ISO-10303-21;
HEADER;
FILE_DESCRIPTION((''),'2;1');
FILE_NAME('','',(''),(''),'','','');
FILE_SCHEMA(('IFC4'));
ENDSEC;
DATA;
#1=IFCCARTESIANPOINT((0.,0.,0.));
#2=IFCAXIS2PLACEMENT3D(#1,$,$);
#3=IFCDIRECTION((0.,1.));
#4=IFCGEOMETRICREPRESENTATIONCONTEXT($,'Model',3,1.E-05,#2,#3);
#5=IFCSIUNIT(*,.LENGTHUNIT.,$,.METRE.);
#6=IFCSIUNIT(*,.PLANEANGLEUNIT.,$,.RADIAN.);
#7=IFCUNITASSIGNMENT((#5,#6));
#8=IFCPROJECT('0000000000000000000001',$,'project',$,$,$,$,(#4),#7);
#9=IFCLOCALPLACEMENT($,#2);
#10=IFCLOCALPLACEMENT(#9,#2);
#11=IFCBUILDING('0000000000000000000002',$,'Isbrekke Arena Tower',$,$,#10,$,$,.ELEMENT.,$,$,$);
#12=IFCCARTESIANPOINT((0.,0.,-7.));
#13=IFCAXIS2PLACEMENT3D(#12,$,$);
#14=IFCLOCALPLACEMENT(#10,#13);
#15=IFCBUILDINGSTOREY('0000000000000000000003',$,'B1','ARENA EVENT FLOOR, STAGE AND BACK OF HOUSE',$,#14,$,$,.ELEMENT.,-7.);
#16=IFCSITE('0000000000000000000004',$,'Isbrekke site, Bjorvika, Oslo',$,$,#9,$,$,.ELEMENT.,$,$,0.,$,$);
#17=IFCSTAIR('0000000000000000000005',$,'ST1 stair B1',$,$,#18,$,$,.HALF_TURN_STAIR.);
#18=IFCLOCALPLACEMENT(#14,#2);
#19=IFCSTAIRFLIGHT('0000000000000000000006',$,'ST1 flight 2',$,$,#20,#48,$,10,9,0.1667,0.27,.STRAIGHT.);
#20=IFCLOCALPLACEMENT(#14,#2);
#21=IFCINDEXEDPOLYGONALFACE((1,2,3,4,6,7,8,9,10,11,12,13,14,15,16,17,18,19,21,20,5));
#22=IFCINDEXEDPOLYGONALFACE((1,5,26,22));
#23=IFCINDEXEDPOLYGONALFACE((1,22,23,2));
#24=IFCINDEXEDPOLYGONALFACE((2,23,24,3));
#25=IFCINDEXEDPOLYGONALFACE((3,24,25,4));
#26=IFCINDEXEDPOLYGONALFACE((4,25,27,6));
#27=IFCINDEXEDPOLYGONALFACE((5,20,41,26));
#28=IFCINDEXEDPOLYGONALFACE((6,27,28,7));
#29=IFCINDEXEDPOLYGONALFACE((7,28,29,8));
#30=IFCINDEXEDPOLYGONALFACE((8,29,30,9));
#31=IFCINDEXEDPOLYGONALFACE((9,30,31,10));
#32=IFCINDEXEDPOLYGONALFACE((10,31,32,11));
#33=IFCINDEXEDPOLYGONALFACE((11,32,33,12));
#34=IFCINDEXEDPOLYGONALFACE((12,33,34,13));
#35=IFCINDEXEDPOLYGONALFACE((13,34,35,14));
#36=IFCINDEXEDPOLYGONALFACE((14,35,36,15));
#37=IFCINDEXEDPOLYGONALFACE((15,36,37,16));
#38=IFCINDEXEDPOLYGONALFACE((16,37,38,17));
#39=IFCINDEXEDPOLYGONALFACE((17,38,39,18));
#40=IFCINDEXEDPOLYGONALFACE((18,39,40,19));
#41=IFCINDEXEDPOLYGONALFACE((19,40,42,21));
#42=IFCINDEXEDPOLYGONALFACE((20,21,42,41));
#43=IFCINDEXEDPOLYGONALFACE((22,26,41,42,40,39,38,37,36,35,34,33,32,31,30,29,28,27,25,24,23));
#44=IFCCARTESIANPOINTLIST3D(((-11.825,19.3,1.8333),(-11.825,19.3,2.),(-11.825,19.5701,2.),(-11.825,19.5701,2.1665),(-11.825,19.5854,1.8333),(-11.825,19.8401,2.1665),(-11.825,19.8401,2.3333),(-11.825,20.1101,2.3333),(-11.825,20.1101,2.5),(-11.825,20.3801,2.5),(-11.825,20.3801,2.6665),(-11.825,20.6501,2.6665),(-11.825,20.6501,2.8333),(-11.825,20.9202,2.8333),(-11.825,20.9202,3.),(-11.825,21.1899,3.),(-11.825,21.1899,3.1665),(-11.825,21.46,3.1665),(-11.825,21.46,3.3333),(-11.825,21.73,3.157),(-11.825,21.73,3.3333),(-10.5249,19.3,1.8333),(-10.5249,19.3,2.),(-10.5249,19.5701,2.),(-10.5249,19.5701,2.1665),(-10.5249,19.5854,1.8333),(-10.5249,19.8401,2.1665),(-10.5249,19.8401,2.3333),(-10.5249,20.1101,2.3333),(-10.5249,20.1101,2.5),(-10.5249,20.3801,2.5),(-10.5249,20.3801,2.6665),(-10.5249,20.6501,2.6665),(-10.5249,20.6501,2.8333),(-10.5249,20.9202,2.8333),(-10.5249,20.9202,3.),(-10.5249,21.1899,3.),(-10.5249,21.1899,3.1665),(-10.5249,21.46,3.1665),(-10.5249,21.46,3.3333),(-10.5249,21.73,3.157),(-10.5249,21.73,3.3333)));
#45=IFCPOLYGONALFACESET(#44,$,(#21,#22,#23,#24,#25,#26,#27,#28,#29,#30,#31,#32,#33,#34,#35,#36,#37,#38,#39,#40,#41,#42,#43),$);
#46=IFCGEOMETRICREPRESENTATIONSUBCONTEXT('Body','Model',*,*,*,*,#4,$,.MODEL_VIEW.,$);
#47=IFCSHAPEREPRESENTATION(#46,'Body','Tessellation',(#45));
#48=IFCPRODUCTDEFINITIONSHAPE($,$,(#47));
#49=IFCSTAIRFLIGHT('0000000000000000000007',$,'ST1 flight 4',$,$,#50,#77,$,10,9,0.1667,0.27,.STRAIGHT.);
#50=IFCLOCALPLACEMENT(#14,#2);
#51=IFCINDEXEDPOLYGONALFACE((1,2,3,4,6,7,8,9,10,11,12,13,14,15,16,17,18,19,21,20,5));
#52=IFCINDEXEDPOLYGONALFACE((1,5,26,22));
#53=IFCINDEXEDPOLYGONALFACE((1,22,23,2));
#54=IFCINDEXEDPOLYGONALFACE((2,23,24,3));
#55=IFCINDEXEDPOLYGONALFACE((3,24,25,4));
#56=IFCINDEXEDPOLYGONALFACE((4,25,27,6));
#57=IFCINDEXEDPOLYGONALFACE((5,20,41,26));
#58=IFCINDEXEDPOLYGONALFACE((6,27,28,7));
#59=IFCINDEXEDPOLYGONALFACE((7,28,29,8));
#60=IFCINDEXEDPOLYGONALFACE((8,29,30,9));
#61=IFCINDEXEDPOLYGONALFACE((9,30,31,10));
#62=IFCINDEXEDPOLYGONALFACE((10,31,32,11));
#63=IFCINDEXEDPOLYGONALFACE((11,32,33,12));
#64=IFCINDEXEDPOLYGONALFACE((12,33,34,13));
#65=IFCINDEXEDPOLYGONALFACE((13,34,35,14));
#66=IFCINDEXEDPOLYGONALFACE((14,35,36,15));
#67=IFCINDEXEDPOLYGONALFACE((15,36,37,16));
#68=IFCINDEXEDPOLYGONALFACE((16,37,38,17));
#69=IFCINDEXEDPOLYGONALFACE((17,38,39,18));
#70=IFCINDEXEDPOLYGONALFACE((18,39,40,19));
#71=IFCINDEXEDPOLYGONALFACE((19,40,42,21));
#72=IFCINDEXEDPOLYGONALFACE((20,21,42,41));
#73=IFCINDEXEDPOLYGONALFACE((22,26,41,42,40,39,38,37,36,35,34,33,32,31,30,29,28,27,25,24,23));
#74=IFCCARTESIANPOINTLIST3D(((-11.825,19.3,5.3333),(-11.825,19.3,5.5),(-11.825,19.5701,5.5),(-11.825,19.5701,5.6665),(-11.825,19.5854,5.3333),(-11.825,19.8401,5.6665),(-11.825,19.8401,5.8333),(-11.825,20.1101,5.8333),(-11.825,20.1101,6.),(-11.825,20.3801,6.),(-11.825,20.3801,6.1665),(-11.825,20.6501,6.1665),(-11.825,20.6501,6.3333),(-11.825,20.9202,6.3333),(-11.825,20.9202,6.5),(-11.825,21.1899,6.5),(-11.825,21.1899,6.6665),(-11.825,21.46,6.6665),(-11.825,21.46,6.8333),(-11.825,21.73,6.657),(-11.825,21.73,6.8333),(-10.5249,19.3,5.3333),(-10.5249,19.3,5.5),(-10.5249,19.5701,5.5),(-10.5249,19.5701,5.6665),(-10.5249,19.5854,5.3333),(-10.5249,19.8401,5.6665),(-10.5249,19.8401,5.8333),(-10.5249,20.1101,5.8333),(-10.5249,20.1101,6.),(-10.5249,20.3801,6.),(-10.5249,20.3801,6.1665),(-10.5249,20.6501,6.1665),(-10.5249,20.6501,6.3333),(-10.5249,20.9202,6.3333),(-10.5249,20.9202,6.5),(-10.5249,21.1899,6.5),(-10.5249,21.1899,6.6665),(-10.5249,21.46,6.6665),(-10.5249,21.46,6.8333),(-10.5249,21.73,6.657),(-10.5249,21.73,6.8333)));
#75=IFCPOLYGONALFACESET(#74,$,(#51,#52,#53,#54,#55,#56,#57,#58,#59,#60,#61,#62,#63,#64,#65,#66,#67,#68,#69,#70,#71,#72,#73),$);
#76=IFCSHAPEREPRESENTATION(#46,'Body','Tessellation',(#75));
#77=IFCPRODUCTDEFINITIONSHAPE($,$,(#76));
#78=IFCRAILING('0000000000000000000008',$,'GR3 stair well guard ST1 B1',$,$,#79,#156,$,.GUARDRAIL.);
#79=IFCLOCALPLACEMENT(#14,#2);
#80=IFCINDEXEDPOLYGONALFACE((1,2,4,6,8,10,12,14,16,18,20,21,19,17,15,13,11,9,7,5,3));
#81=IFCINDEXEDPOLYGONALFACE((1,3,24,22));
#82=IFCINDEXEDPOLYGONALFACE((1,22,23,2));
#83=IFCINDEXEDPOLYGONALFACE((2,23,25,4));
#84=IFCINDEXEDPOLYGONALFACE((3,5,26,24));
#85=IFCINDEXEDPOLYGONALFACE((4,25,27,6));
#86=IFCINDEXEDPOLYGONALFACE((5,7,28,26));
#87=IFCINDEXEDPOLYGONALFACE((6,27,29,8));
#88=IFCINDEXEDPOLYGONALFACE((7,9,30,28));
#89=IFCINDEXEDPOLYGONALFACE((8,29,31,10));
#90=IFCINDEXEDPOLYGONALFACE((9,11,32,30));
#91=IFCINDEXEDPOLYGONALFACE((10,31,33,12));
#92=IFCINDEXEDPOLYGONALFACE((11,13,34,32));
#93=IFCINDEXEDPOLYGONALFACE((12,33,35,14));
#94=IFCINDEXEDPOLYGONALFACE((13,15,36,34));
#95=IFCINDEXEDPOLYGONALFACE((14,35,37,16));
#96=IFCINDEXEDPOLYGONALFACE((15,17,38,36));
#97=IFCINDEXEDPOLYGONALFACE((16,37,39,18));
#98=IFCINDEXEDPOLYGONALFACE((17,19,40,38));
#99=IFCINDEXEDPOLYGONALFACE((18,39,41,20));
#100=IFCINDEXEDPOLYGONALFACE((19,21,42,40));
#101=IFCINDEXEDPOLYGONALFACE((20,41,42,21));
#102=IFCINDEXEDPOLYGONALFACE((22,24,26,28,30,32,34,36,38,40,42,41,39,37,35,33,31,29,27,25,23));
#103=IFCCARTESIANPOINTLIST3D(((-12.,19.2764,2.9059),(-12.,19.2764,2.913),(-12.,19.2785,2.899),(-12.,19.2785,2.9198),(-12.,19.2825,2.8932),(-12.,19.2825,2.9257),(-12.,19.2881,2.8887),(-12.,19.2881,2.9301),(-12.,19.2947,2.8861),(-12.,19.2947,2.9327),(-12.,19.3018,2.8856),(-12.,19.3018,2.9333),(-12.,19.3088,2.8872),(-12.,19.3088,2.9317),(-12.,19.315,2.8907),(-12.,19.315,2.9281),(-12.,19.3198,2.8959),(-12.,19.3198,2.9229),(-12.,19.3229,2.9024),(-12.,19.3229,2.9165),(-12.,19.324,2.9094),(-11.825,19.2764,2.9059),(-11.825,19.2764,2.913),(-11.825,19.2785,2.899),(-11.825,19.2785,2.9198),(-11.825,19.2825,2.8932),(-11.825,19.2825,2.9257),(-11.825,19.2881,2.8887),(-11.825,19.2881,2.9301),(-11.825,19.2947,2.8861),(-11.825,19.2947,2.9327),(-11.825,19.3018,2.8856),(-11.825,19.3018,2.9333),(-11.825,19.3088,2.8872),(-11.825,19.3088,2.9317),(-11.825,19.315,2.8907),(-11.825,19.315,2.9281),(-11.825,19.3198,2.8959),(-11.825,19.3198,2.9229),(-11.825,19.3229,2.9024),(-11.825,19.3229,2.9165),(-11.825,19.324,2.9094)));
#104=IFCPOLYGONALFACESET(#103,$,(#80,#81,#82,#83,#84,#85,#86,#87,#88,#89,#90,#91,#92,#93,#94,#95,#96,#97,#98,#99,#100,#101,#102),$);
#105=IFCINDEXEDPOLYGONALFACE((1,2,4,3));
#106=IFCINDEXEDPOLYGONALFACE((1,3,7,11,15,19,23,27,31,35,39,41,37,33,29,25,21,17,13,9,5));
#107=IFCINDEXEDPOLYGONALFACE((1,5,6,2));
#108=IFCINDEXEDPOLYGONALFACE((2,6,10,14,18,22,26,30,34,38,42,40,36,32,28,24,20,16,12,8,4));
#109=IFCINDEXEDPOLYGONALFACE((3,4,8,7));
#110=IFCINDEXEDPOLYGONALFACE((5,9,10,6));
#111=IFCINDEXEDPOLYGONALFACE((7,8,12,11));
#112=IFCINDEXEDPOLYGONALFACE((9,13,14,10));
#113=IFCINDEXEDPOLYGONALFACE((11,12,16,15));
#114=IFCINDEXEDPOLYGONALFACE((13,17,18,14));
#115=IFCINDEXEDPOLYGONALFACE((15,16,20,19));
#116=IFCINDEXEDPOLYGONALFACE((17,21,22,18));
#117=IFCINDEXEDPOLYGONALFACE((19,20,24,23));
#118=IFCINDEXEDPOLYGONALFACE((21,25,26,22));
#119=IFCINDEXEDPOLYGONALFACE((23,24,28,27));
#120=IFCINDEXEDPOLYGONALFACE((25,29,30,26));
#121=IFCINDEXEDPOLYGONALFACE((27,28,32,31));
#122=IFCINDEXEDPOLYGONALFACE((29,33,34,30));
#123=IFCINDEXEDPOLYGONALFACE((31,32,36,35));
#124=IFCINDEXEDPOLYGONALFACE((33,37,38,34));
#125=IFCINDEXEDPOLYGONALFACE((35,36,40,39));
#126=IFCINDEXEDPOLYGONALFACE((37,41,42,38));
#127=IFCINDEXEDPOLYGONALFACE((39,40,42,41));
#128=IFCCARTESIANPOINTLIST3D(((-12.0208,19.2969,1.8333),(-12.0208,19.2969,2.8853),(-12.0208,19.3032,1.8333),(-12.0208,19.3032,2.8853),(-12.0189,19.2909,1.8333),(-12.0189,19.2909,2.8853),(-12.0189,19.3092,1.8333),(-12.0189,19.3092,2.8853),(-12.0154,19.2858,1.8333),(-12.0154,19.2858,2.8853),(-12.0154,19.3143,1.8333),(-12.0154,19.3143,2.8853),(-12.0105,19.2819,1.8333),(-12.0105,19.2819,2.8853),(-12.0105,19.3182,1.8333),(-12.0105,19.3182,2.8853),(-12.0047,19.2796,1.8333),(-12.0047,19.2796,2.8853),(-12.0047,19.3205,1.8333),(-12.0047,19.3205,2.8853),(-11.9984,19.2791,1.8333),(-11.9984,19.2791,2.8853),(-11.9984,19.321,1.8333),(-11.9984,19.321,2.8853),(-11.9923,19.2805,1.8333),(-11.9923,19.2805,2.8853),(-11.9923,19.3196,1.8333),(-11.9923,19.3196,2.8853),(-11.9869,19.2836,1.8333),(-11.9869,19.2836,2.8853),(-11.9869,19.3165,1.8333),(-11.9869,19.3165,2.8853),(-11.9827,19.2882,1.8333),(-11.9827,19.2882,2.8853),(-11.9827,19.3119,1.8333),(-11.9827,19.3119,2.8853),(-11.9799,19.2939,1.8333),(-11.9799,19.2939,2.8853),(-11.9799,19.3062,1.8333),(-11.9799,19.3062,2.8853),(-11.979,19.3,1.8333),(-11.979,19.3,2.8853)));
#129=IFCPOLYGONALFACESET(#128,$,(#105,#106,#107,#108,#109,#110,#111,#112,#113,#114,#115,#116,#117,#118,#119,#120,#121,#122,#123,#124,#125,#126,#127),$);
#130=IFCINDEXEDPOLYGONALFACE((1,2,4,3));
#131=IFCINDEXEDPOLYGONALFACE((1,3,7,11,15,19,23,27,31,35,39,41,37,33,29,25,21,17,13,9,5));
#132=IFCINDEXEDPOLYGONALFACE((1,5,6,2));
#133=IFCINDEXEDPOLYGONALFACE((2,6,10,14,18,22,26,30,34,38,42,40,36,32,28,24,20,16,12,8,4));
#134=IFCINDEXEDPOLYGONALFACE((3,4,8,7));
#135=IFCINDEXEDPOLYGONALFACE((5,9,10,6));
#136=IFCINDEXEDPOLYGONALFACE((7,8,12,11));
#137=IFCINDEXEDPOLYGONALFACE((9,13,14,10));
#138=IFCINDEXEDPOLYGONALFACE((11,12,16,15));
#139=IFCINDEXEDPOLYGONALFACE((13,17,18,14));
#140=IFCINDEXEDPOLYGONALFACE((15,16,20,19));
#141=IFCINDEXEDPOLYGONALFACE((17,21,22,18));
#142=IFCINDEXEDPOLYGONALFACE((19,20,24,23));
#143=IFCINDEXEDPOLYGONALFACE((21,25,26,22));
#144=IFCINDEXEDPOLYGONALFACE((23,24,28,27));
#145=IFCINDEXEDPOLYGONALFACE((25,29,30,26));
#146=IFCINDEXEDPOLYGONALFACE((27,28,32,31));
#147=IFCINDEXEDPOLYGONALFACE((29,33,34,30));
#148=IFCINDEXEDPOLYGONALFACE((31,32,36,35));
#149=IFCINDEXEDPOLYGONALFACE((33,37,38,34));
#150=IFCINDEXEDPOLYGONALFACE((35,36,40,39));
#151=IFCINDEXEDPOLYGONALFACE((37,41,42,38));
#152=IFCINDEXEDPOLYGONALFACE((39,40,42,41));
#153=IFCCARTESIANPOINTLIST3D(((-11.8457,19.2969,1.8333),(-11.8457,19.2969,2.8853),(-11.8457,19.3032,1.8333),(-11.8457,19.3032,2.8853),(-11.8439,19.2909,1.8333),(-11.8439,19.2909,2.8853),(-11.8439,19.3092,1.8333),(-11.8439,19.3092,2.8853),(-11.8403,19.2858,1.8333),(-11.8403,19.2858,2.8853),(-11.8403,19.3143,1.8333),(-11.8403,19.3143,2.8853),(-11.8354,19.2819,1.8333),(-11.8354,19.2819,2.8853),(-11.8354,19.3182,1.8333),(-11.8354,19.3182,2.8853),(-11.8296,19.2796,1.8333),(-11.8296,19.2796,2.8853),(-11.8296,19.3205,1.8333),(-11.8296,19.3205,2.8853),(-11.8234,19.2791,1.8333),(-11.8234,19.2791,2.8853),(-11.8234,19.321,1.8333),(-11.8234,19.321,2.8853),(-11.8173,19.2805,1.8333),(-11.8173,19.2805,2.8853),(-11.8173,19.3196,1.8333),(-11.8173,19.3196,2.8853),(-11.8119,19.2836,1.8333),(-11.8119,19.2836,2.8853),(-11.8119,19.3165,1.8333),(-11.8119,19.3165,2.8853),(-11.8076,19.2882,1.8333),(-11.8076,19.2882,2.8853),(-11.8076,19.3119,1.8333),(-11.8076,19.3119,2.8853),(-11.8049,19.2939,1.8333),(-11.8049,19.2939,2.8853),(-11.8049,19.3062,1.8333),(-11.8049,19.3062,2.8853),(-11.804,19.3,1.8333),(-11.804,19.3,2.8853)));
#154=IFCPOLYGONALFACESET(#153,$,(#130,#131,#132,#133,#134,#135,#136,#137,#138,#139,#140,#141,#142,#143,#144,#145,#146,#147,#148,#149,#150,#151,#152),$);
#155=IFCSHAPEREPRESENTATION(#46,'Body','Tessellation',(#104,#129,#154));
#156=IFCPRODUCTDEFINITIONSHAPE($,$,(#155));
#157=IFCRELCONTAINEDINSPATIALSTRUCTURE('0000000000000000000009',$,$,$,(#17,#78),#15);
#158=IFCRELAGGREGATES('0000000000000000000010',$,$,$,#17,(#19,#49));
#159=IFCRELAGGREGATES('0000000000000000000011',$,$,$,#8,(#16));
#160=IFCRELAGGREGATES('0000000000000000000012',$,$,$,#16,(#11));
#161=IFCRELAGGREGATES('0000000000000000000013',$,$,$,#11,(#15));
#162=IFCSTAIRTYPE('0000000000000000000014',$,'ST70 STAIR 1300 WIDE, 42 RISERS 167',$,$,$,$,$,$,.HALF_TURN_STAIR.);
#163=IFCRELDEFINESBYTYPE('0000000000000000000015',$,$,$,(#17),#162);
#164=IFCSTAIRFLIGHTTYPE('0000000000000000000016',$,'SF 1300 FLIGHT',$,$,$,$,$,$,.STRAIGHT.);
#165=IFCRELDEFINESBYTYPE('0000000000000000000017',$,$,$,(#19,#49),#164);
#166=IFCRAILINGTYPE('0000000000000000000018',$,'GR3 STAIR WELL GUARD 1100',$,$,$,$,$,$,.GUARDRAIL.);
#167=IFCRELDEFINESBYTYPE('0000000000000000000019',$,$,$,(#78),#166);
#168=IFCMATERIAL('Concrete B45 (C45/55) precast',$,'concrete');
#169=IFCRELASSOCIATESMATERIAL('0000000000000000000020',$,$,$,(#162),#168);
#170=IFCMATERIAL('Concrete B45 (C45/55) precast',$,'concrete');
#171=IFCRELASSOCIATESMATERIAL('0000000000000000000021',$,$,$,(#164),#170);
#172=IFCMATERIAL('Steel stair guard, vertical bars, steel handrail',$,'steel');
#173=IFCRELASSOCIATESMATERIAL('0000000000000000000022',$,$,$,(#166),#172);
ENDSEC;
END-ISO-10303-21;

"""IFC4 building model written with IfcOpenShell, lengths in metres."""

from ifc_helpers import new_model, si_unit, direction, frame, origin, origin_2d, place, context, subcontext, project, spatial, polyline, circle, outline, extrude, material, type_object, element, aggregate, save


model = new_model("IFC4")

# Units and contexts
model_context = context("Model", 3, precision=1e-05, world=origin(), true_north=direction((0.0, 1.0)))
body_context = subcontext(model_context, "Body", "Model", "MODEL_VIEW")
ifc_project = project(units=[si_unit("LENGTHUNIT", "METRE"), si_unit("PLANEANGLEUNIT", "RADIAN")], contexts=[model_context])

# Site, building, storey
site_placement = place(None, origin())
site = spatial("IfcSite", under=ifc_project, at=site_placement, Name="Isbrekke site, Bjorvika, Oslo", CompositionType="ELEMENT", RefElevation=0.0)
building_placement = place(site_placement, origin())
building = spatial("IfcBuilding", under=site, at=building_placement, Name="Isbrekke Arena Tower", CompositionType="ELEMENT")
storey_placement = place(building_placement, frame((0.0, 0.0, -7.0)))
storey = spatial("IfcBuildingStorey", under=building, at=storey_placement, Name="B1", Description="ARENA EVENT FLOOR, STAGE AND BACK OF HOUSE", CompositionType="ELEMENT", Elevation=-7.0)

# Stair, stair flights
ifc_material_1 = material(Name="Concrete B45 (C45/55) precast", Category="concrete")
stair_type = type_object("IfcStairType", Name="ST70 STAIR 1300 WIDE, 42 RISERS 167", PredefinedType="HALF_TURN_STAIR", material=ifc_material_1)
stair_placement = place(storey_placement, origin())
stair = element("IfcStair", 1, at=stair_placement, inside=storey, type_object=stair_type, Name="ST1 stair B1", PredefinedType="HALF_TURN_STAIR")
ifc_material_2 = material(Name="Concrete B45 (C45/55) precast", Category="concrete")
stair_flight_type = type_object("IfcStairFlightType", Name="SF 1300 FLIGHT", PredefinedType="STRAIGHT", material=ifc_material_2)
stair_flight_1_placement = place(storey_placement, frame((-11.175, 19.3, 1.8333), z_axis=(0.0, 0.0, 1.0), x_axis=(0.0, 1.0, 0.0)))
stair_flight_1 = element("IfcStairFlight", 2, at=stair_flight_1_placement, type_object=stair_flight_type, Name="ST1 flight 2", NumberOfRisers=10, NumberOfTreads=9, PredefinedType="STRAIGHT", RiserHeight=0.1667, TreadLength=0.27, context=body_context, shape_type="SweptSolid", body=[
    extrude(outline(polyline([(0.0, 0.0), (0.0, 0.1667), (0.27, 0.1667), (0.27, 0.3333), (0.54, 0.3333), (0.54, 0.5), (0.8101, 0.5), (0.8101, 0.6667), (1.0801, 0.6667), (1.0801, 0.8333), (1.3501, 0.8333), (1.3501, 1.0), (1.6201, 1.0), (1.6201, 1.1667), (1.8899, 1.1667), (1.8899, 1.3333), (2.1599, 1.3333), (2.1599, 1.5), (2.4299, 1.5), (2.4299, 1.6667), (2.4299, 1.3237), (0.2854, 0.0), (0.0, 0.0)])), frame((0.0, 0.6499, 0.0), z_axis=(0.0, -1.0, 0.0), x_axis=(1.0, 0.0, 0.0)), (0.0, 0.0, 1.0), 1.3),
])
stair_flight_2_placement = place(storey_placement, frame((-11.175, 19.3, 5.3333), z_axis=(0.0, 0.0, 1.0), x_axis=(0.0, 1.0, 0.0)))
stair_flight_2 = element("IfcStairFlight", 3, at=stair_flight_2_placement, type_object=stair_flight_type, Name="ST1 flight 4", NumberOfRisers=10, NumberOfTreads=9, PredefinedType="STRAIGHT", RiserHeight=0.1667, TreadLength=0.27, context=body_context, shape_type="SweptSolid", body=[
    extrude(outline(polyline([(0.0, 0.0), (0.0, 0.1667), (0.27, 0.1667), (0.27, 0.3333), (0.54, 0.3333), (0.54, 0.5), (0.8101, 0.5), (0.8101, 0.6667), (1.0801, 0.6667), (1.0801, 0.8333), (1.3501, 0.8333), (1.3501, 1.0), (1.6201, 1.0), (1.6201, 1.1667), (1.8899, 1.1667), (1.8899, 1.3333), (2.1599, 1.3333), (2.1599, 1.5), (2.4299, 1.5), (2.4299, 1.6667), (2.4299, 1.3237), (0.2854, 0.0), (0.0, 0.0)])), frame((0.0, 0.6499, 0.0), z_axis=(0.0, -1.0, 0.0), x_axis=(1.0, 0.0, 0.0)), (0.0, 0.0, 1.0), 1.3),
])
aggregate(stair, [stair_flight_1, stair_flight_2])

# Railing
ifc_material_3 = material(Name="Steel stair guard, vertical bars, steel handrail", Category="steel")
railing_type = type_object("IfcRailingType", Name="GR3 STAIR WELL GUARD 1100", PredefinedType="GUARDRAIL", material=ifc_material_3)
for number, where, name in (
    (4, (-12.0, 19.3, 1.8333), "GR3 stair well guard ST1 B1"),
):
    element("IfcRailing", number, at=place(storey_placement, frame(where)), inside=storey, type_object=railing_type, Name=name, PredefinedType="GUARDRAIL", context=body_context, shape_type="SweptSolid", body=[
        extrude(circle(Radius=0.0239, at=origin_2d()), frame((0.0, 0.0, 1.0762), z_axis=(1.0, 0.0, 0.0), x_axis=(0.0, 1.0, 0.0)), (0.0, 0.0, 1.0), 0.175),
        extrude(circle(Radius=0.021, at=origin_2d()), origin(), (0.0, 0.0, 1.0), 1.052),
        extrude(circle(Radius=0.021, at=origin_2d()), frame((0.175, 0.0, 0.0)), (0.0, 0.0, 1.0), 1.052),
    ])

save(model, "model.ifc")
